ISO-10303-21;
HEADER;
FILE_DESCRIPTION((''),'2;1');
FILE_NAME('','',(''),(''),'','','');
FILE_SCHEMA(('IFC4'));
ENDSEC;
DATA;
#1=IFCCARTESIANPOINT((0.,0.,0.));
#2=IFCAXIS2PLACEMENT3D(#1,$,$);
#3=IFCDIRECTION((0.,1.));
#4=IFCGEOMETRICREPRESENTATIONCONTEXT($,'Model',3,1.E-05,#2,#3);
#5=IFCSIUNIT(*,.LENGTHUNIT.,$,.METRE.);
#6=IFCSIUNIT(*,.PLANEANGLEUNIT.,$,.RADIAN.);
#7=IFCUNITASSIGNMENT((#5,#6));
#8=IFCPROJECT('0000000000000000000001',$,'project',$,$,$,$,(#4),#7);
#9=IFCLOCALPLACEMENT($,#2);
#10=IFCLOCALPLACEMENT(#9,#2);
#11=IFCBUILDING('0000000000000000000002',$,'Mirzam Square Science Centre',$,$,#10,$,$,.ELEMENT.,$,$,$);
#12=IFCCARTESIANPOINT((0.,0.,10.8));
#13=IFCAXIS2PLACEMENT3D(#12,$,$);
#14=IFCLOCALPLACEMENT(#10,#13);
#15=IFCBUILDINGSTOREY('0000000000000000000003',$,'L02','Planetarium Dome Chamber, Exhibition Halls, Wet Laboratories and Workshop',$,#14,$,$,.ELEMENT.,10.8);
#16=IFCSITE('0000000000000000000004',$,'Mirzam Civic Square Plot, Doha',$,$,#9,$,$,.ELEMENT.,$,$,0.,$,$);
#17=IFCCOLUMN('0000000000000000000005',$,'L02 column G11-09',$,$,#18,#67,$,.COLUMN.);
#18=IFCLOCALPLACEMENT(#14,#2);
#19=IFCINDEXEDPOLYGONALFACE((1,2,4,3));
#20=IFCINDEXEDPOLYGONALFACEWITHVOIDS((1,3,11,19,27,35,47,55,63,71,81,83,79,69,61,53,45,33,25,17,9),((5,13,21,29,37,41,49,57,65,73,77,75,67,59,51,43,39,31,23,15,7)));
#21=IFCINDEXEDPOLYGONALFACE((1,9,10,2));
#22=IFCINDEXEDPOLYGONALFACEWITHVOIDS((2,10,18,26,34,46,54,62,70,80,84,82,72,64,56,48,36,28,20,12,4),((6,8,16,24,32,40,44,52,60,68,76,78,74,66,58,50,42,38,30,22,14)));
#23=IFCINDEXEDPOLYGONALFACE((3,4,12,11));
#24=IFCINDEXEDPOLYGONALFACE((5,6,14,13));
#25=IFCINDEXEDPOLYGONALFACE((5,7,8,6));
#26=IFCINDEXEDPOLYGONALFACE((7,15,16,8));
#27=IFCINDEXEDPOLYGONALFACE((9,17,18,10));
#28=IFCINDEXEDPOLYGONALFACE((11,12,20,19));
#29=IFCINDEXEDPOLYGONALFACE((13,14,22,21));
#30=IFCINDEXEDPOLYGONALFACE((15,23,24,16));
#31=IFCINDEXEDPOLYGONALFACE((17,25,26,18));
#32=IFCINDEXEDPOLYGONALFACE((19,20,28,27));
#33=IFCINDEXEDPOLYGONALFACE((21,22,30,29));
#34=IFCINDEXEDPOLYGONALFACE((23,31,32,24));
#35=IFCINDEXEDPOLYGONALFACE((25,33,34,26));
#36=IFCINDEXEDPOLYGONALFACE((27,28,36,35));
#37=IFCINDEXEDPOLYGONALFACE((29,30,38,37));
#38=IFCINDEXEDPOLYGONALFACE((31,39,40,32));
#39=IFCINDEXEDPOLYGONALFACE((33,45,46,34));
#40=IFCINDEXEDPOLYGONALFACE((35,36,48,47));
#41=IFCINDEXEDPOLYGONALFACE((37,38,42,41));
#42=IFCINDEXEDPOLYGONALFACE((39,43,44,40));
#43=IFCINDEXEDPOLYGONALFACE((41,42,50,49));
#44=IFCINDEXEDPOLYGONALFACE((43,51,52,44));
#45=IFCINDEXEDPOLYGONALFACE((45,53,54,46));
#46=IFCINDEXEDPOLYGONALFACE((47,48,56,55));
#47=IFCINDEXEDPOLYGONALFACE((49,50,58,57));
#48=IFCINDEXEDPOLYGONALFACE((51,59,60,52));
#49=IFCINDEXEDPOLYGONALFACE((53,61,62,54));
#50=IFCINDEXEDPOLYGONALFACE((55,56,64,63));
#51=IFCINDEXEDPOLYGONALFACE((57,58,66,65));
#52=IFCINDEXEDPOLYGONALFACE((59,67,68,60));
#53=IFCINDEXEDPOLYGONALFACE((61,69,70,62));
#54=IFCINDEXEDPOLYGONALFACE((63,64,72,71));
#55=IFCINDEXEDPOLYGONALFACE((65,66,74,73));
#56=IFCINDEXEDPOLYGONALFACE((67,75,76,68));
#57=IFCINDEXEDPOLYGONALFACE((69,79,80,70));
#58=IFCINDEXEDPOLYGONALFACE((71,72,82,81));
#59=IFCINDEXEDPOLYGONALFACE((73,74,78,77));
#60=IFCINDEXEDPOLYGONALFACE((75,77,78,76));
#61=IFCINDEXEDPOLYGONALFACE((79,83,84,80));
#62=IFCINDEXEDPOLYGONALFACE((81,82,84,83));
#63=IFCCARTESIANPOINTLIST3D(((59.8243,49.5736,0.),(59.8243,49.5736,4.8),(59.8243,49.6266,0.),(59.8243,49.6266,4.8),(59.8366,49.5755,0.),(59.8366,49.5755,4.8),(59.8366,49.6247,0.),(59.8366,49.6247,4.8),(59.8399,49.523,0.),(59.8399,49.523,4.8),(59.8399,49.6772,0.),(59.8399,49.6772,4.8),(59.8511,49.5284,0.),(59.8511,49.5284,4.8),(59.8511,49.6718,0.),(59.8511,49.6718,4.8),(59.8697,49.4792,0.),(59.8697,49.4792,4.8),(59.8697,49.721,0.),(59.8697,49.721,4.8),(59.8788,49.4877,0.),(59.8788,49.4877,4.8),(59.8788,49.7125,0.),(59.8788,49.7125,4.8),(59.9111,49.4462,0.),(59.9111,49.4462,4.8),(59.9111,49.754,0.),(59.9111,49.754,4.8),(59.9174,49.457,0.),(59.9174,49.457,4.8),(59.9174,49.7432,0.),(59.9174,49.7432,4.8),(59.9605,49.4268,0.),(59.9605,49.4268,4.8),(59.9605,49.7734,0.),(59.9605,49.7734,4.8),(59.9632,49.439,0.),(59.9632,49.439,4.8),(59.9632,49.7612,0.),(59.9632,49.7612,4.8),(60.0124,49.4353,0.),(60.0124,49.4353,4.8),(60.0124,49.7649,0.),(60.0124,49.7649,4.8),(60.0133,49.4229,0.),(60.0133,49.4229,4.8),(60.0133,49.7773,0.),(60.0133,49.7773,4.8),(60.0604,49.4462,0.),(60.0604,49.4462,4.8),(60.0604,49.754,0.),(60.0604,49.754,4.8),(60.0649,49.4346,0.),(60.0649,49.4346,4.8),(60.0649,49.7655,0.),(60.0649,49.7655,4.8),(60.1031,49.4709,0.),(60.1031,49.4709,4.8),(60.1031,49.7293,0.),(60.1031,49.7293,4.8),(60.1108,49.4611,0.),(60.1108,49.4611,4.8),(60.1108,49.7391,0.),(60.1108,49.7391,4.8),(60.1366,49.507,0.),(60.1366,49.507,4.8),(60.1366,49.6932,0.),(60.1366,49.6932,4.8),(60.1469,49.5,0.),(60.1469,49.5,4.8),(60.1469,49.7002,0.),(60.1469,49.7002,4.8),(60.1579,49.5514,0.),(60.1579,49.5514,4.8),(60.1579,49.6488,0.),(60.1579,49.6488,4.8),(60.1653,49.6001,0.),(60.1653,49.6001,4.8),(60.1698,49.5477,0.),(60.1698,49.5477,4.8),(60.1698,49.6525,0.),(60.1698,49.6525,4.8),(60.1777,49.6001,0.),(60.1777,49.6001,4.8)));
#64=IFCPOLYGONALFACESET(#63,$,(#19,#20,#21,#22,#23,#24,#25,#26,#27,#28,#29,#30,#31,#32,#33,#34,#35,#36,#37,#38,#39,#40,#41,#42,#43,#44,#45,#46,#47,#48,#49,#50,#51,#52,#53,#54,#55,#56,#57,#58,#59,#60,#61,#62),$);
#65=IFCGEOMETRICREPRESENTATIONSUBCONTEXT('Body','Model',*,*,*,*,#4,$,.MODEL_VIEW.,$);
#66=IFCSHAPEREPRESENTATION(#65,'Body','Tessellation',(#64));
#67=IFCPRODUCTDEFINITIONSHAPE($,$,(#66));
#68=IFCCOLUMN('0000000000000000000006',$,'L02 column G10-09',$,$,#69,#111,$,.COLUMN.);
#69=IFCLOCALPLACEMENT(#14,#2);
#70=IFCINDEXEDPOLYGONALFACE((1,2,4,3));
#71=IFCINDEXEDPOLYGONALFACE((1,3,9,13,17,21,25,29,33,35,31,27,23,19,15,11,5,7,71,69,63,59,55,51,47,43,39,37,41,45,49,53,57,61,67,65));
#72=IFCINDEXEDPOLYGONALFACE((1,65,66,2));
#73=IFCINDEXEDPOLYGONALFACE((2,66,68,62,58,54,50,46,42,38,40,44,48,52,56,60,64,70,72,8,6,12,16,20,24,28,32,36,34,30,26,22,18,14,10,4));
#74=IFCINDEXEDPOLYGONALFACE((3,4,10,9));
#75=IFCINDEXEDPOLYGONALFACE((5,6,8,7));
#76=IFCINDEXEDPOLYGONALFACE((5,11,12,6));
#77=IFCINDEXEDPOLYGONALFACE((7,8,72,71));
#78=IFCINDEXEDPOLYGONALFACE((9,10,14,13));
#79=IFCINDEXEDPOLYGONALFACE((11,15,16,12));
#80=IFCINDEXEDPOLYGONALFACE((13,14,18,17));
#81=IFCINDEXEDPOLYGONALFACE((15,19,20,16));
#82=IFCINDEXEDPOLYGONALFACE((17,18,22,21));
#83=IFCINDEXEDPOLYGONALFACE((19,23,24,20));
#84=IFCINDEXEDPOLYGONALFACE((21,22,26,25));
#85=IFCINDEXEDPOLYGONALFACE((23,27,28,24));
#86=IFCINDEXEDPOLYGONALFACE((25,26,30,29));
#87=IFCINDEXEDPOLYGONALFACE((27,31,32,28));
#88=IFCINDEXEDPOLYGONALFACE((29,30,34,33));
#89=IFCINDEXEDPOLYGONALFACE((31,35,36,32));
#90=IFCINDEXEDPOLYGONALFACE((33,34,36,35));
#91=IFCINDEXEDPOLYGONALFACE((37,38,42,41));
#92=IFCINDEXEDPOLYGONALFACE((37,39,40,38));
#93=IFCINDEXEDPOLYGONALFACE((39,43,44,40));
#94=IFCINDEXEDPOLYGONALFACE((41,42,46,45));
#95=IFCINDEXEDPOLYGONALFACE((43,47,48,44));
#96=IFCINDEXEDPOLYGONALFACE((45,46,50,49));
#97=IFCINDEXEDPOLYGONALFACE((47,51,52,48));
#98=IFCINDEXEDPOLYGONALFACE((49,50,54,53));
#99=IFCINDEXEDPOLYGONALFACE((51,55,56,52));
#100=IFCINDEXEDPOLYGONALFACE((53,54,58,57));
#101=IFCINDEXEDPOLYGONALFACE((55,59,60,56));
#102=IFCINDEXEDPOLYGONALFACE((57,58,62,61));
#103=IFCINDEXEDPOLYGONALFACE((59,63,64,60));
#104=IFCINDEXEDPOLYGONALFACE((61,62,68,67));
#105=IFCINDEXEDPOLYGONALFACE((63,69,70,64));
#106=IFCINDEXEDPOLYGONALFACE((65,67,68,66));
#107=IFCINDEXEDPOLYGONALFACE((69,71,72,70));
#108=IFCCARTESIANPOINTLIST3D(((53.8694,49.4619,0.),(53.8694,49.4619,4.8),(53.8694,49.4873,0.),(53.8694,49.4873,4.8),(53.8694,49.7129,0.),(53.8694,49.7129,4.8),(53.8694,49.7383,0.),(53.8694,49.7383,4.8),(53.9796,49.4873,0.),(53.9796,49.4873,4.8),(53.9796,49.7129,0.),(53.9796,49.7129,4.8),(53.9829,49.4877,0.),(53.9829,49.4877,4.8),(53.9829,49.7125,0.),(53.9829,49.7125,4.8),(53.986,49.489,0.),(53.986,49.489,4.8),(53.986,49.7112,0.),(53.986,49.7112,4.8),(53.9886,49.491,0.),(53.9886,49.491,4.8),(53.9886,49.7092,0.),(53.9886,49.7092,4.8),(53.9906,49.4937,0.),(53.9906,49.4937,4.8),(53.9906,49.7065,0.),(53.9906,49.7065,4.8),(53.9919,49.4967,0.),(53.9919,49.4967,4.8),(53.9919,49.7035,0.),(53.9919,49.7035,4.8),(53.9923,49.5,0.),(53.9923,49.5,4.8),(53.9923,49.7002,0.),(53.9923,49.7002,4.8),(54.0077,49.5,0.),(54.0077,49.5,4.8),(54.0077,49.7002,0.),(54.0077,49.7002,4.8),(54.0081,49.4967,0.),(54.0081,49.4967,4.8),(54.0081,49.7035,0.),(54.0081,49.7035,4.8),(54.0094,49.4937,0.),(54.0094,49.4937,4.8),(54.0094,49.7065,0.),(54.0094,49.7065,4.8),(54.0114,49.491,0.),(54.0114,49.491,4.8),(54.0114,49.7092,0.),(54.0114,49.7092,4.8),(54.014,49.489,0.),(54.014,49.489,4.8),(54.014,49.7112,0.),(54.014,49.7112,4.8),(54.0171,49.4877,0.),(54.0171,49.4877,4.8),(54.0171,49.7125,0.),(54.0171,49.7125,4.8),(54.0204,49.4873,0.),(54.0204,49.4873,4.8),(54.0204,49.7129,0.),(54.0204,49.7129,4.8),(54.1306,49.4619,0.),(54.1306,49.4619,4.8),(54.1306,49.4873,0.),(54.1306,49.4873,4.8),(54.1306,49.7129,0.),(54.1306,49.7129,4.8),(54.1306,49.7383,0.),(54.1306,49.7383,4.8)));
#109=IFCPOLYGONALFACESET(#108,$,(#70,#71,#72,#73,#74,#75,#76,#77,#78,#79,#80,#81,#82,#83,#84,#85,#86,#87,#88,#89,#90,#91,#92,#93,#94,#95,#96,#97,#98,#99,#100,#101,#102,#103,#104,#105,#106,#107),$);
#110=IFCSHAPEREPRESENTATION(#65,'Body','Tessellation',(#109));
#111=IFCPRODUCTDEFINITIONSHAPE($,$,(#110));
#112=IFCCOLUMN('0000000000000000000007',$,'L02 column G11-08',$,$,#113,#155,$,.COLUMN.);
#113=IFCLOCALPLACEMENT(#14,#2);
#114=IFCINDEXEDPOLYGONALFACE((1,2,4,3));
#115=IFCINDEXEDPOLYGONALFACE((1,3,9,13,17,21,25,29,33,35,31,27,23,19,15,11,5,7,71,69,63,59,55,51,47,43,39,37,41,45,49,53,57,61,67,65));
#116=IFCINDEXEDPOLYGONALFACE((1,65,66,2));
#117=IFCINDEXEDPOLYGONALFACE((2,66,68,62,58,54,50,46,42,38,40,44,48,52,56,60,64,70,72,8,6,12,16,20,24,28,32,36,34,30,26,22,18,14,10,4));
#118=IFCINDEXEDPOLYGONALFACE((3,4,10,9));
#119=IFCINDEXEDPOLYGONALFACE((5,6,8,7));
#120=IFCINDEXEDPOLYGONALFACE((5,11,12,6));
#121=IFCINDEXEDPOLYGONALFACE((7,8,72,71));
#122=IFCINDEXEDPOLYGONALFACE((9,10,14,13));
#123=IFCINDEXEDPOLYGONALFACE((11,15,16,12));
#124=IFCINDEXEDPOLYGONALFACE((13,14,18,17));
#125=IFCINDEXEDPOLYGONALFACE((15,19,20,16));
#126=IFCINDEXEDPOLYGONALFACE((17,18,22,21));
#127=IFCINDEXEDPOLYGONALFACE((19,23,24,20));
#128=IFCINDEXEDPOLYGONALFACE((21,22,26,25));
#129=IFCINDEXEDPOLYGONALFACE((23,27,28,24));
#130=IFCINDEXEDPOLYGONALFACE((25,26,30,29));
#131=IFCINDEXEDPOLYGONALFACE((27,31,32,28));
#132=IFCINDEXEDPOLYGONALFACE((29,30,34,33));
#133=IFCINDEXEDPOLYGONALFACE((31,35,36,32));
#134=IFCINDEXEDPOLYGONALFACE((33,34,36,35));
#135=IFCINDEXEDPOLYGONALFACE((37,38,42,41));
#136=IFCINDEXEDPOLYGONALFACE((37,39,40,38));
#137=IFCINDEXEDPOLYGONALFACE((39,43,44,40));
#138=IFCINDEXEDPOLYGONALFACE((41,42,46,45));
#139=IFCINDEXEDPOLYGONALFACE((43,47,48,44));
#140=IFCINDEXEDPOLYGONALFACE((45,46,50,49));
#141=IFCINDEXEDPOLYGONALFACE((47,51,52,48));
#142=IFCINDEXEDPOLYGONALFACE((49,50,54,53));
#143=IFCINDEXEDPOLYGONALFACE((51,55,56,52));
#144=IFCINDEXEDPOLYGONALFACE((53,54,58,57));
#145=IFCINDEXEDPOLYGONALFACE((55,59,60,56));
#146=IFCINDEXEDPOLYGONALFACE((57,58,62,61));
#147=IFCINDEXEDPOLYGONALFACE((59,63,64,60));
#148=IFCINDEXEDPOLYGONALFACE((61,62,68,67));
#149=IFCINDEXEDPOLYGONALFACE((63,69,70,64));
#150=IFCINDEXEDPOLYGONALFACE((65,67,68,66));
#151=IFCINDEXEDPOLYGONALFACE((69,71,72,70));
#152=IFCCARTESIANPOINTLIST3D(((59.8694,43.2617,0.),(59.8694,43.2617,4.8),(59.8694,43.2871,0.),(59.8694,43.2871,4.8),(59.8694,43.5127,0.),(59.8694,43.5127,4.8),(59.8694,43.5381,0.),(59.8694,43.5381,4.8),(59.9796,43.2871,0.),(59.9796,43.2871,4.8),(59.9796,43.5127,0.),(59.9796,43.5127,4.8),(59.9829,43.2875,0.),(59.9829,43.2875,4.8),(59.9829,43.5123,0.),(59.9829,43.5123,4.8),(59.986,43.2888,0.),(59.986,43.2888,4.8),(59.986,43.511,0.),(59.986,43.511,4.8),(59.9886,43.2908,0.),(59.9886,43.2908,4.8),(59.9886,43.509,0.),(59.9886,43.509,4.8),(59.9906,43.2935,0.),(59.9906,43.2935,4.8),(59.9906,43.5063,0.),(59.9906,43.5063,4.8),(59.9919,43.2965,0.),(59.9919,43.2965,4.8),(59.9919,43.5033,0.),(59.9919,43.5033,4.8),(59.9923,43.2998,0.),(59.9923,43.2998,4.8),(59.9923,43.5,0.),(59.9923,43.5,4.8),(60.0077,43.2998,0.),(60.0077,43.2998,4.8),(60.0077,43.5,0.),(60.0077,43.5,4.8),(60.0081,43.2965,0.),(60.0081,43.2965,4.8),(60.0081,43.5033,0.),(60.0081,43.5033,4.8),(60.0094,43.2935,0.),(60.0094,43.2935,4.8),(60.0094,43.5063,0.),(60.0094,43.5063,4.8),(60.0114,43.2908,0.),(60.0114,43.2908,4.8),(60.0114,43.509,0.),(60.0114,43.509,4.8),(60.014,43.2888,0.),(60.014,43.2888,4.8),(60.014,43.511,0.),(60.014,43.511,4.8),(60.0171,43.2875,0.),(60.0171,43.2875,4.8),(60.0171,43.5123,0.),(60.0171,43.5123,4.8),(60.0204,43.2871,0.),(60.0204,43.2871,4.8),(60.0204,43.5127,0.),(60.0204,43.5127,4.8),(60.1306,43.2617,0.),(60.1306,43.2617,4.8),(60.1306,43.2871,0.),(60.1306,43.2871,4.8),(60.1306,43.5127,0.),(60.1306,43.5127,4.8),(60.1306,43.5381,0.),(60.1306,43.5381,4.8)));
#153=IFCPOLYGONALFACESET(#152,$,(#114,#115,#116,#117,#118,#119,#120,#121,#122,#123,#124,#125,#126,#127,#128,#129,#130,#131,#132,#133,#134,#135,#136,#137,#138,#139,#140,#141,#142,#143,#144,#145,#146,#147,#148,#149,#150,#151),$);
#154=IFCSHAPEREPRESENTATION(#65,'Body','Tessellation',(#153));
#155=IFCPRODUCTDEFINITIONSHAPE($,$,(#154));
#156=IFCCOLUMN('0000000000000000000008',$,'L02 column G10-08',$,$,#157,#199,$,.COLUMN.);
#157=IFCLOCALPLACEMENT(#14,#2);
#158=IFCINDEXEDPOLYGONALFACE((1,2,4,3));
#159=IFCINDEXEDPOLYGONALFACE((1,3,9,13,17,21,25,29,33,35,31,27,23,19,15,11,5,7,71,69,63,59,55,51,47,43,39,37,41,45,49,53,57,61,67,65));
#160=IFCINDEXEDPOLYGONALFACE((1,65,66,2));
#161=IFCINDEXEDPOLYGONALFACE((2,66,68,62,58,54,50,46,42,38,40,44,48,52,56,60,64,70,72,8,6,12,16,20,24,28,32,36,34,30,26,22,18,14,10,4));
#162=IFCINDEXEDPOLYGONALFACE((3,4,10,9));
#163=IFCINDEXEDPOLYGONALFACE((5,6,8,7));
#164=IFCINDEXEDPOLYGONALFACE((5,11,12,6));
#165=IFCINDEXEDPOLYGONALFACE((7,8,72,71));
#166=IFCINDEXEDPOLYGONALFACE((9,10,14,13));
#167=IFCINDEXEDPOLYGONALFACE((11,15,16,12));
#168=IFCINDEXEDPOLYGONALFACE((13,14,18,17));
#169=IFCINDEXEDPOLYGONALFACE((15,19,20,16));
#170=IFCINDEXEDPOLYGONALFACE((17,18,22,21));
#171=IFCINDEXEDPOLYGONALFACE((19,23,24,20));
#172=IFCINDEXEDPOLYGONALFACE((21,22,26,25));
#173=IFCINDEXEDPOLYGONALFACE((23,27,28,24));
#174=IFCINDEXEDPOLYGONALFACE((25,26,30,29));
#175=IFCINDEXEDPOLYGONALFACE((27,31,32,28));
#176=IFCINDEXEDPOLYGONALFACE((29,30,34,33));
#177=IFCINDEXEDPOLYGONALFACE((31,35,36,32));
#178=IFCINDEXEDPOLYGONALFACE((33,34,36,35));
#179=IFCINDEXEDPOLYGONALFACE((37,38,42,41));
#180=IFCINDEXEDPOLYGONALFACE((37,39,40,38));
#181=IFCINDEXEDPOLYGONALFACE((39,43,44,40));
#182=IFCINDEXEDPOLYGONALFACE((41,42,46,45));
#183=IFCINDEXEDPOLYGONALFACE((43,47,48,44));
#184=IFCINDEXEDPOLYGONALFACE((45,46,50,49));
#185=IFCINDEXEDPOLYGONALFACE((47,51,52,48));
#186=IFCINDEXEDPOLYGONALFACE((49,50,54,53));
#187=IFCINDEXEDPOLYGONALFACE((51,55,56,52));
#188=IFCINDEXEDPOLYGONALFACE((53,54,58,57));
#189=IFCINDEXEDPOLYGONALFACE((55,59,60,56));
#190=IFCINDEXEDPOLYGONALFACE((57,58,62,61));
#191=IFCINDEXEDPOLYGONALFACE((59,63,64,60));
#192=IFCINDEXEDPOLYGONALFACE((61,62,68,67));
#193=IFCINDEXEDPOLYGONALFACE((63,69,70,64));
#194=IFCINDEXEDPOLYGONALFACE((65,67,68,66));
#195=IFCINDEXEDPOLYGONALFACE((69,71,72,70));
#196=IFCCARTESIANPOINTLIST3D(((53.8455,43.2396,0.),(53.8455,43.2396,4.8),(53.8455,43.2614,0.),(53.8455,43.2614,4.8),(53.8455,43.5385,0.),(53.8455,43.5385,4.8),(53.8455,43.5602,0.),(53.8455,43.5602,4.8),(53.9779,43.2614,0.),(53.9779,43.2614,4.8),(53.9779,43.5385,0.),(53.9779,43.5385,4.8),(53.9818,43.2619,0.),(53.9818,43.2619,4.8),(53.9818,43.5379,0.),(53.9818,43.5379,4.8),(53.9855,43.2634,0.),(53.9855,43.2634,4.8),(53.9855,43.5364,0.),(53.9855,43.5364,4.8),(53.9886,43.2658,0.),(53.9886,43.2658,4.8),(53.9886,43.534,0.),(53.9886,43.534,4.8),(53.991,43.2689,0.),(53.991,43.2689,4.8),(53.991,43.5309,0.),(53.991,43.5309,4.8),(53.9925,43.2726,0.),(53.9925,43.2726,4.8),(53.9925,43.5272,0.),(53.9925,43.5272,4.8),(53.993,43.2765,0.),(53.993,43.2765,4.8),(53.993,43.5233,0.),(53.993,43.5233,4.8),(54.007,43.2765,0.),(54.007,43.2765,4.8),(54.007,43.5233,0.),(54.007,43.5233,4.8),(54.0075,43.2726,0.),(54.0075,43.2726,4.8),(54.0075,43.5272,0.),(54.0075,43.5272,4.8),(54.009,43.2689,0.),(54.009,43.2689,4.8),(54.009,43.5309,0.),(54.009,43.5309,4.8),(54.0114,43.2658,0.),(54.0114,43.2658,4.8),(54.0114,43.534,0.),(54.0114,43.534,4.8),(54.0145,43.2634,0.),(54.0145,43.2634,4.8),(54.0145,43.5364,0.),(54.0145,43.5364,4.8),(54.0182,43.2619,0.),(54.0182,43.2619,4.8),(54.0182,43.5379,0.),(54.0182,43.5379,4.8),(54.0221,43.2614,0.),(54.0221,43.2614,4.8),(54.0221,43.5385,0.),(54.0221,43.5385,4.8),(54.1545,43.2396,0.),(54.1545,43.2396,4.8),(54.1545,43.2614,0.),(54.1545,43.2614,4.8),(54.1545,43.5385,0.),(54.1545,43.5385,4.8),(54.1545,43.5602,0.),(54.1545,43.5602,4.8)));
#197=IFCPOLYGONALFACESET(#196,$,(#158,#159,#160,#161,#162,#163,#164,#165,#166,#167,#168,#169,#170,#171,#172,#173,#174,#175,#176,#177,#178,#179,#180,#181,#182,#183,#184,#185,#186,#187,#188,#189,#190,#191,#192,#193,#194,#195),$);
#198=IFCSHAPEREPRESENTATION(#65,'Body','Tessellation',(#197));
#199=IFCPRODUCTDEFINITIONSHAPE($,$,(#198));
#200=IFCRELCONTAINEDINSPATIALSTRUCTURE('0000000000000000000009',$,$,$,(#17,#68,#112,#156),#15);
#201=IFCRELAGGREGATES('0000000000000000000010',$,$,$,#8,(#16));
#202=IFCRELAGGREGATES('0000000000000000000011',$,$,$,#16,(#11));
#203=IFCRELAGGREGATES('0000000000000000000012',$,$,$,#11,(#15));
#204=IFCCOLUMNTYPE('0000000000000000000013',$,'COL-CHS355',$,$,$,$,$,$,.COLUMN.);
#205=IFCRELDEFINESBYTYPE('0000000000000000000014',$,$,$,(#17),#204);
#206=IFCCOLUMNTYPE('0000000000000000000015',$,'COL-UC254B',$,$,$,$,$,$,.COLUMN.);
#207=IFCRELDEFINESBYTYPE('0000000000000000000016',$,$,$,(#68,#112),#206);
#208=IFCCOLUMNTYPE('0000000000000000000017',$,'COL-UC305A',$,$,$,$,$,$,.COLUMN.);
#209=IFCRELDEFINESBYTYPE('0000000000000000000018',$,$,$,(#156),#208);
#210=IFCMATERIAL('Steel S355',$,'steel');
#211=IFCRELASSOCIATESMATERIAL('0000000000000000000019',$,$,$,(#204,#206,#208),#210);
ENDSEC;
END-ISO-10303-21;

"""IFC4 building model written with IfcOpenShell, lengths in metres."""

from ifc_helpers import new_model, si_unit, direction, frame, origin, origin_2d, place, context, subcontext, project, spatial, hollow_circle, i_section, extrude, material, material_profile, profile_set, type_object, element, save


model = new_model("IFC4")

# Units and contexts
model_context = context("Model", 3, precision=1e-05, world=origin(), true_north=direction((0.0, 1.0)))
body_context = subcontext(model_context, "Body", "Model", "MODEL_VIEW")
ifc_project = project(units=[si_unit("LENGTHUNIT", "METRE"), si_unit("PLANEANGLEUNIT", "RADIAN")], contexts=[model_context])

# Site, building, storey
site_placement = place(None, origin())
site = spatial("IfcSite", under=ifc_project, at=site_placement, Name="Mirzam Civic Square Plot, Doha", CompositionType="ELEMENT", RefElevation=0.0)
building_placement = place(site_placement, origin())
building = spatial("IfcBuilding", under=site, at=building_placement, Name="Mirzam Square Science Centre", CompositionType="ELEMENT")
storey_placement = place(building_placement, frame((0.0, 0.0, 10.8)))
storey = spatial("IfcBuildingStorey", under=building, at=storey_placement, Name="L02", Description="Planetarium Dome Chamber, Exhibition Halls, Wet Laboratories and Workshop", CompositionType="ELEMENT", Elevation=10.8)

# Columns
ifc_material_1 = material(Name="Steel S355", Category="steel")
ifc_material_profile_1 = material_profile(ifc_material_1, hollow_circle(Radius=0.1777, WallThickness=0.0125, at=origin_2d()), Name="355.6x12.5CHS")
ifc_profile_set_1 = profile_set([ifc_material_profile_1], Name="Steel S355")
column_type_1 = type_object("IfcColumnType", Name="COL-CHS355", PredefinedType="COLUMN", material=ifc_profile_set_1)
column_placement = place(storey_placement, frame((60.0, 49.6001, 0.0), z_axis=(0.0, 0.0, 1.0), x_axis=(1.0, 0.0, 0.0)))
element("IfcColumn", 1, at=column_placement, inside=storey, type_object=column_type_1, Name="L02 column G11-09", PredefinedType="COLUMN", context=body_context, shape_type="SweptSolid", body=[
    extrude(hollow_circle(Radius=0.1777, WallThickness=0.0125, at=origin_2d()), origin(), (0.0, 0.0, 1.0), 4.8),
])
ifc_material_profile_2 = material_profile(ifc_material_1, i_section(OverallWidth=0.2612, OverallDepth=0.2764, WebThickness=0.0154, FlangeThickness=0.0254, FilletRadius=0.0127, at=origin_2d()), Name="254x254x132UC")
ifc_profile_set_2 = profile_set([ifc_material_profile_2], Name="Steel S355")
column_type_2 = type_object("IfcColumnType", Name="COL-UC254B", PredefinedType="COLUMN", material=ifc_profile_set_2)
for number, where, z_axis, x_axis, name in (
    (2, (54.0, 49.6001, 0.0), (0.0, 0.0, 1.0), (1.0, 0.0, 0.0), "L02 column G10-09"),
    (3, (60.0, 43.3999, 0.0), (0.0, 0.0, 1.0), (1.0, 0.0, 0.0), "L02 column G11-08"),
):
    element("IfcColumn", number, at=place(storey_placement, frame(where, z_axis=z_axis, x_axis=x_axis)), inside=storey, type_object=column_type_2, Name=name, PredefinedType="COLUMN", context=body_context, shape_type="SweptSolid", body=[
        extrude(i_section(OverallWidth=0.2612, OverallDepth=0.2764, WebThickness=0.0154, FlangeThickness=0.0254, FilletRadius=0.0127, at=origin_2d()), origin(), (0.0, 0.0, 1.0), 4.8),
    ])
ifc_material_profile_3 = material_profile(ifc_material_1, i_section(OverallWidth=0.3091, OverallDepth=0.3206, WebThickness=0.0139, FlangeThickness=0.0217, FilletRadius=0.0151, at=origin_2d()), Name="305x305x137UC")
ifc_profile_set_3 = profile_set([ifc_material_profile_3], Name="Steel S355")
column_type_3 = type_object("IfcColumnType", Name="COL-UC305A", PredefinedType="COLUMN", material=ifc_profile_set_3)
for number, where, z_axis, x_axis, name in (
    (4, (54.0, 43.3999, 0.0), (0.0, 0.0, 1.0), (1.0, 0.0, 0.0), "L02 column G10-08"),
):
    element("IfcColumn", number, at=place(storey_placement, frame(where, z_axis=z_axis, x_axis=x_axis)), inside=storey, type_object=column_type_3, Name=name, PredefinedType="COLUMN", context=body_context, shape_type="SweptSolid", body=[
        extrude(i_section(OverallWidth=0.3091, OverallDepth=0.3206, WebThickness=0.0139, FlangeThickness=0.0217, FilletRadius=0.0151, at=origin_2d()), origin(), (0.0, 0.0, 1.0), 4.8),
    ])

save(model, "model.ifc")
